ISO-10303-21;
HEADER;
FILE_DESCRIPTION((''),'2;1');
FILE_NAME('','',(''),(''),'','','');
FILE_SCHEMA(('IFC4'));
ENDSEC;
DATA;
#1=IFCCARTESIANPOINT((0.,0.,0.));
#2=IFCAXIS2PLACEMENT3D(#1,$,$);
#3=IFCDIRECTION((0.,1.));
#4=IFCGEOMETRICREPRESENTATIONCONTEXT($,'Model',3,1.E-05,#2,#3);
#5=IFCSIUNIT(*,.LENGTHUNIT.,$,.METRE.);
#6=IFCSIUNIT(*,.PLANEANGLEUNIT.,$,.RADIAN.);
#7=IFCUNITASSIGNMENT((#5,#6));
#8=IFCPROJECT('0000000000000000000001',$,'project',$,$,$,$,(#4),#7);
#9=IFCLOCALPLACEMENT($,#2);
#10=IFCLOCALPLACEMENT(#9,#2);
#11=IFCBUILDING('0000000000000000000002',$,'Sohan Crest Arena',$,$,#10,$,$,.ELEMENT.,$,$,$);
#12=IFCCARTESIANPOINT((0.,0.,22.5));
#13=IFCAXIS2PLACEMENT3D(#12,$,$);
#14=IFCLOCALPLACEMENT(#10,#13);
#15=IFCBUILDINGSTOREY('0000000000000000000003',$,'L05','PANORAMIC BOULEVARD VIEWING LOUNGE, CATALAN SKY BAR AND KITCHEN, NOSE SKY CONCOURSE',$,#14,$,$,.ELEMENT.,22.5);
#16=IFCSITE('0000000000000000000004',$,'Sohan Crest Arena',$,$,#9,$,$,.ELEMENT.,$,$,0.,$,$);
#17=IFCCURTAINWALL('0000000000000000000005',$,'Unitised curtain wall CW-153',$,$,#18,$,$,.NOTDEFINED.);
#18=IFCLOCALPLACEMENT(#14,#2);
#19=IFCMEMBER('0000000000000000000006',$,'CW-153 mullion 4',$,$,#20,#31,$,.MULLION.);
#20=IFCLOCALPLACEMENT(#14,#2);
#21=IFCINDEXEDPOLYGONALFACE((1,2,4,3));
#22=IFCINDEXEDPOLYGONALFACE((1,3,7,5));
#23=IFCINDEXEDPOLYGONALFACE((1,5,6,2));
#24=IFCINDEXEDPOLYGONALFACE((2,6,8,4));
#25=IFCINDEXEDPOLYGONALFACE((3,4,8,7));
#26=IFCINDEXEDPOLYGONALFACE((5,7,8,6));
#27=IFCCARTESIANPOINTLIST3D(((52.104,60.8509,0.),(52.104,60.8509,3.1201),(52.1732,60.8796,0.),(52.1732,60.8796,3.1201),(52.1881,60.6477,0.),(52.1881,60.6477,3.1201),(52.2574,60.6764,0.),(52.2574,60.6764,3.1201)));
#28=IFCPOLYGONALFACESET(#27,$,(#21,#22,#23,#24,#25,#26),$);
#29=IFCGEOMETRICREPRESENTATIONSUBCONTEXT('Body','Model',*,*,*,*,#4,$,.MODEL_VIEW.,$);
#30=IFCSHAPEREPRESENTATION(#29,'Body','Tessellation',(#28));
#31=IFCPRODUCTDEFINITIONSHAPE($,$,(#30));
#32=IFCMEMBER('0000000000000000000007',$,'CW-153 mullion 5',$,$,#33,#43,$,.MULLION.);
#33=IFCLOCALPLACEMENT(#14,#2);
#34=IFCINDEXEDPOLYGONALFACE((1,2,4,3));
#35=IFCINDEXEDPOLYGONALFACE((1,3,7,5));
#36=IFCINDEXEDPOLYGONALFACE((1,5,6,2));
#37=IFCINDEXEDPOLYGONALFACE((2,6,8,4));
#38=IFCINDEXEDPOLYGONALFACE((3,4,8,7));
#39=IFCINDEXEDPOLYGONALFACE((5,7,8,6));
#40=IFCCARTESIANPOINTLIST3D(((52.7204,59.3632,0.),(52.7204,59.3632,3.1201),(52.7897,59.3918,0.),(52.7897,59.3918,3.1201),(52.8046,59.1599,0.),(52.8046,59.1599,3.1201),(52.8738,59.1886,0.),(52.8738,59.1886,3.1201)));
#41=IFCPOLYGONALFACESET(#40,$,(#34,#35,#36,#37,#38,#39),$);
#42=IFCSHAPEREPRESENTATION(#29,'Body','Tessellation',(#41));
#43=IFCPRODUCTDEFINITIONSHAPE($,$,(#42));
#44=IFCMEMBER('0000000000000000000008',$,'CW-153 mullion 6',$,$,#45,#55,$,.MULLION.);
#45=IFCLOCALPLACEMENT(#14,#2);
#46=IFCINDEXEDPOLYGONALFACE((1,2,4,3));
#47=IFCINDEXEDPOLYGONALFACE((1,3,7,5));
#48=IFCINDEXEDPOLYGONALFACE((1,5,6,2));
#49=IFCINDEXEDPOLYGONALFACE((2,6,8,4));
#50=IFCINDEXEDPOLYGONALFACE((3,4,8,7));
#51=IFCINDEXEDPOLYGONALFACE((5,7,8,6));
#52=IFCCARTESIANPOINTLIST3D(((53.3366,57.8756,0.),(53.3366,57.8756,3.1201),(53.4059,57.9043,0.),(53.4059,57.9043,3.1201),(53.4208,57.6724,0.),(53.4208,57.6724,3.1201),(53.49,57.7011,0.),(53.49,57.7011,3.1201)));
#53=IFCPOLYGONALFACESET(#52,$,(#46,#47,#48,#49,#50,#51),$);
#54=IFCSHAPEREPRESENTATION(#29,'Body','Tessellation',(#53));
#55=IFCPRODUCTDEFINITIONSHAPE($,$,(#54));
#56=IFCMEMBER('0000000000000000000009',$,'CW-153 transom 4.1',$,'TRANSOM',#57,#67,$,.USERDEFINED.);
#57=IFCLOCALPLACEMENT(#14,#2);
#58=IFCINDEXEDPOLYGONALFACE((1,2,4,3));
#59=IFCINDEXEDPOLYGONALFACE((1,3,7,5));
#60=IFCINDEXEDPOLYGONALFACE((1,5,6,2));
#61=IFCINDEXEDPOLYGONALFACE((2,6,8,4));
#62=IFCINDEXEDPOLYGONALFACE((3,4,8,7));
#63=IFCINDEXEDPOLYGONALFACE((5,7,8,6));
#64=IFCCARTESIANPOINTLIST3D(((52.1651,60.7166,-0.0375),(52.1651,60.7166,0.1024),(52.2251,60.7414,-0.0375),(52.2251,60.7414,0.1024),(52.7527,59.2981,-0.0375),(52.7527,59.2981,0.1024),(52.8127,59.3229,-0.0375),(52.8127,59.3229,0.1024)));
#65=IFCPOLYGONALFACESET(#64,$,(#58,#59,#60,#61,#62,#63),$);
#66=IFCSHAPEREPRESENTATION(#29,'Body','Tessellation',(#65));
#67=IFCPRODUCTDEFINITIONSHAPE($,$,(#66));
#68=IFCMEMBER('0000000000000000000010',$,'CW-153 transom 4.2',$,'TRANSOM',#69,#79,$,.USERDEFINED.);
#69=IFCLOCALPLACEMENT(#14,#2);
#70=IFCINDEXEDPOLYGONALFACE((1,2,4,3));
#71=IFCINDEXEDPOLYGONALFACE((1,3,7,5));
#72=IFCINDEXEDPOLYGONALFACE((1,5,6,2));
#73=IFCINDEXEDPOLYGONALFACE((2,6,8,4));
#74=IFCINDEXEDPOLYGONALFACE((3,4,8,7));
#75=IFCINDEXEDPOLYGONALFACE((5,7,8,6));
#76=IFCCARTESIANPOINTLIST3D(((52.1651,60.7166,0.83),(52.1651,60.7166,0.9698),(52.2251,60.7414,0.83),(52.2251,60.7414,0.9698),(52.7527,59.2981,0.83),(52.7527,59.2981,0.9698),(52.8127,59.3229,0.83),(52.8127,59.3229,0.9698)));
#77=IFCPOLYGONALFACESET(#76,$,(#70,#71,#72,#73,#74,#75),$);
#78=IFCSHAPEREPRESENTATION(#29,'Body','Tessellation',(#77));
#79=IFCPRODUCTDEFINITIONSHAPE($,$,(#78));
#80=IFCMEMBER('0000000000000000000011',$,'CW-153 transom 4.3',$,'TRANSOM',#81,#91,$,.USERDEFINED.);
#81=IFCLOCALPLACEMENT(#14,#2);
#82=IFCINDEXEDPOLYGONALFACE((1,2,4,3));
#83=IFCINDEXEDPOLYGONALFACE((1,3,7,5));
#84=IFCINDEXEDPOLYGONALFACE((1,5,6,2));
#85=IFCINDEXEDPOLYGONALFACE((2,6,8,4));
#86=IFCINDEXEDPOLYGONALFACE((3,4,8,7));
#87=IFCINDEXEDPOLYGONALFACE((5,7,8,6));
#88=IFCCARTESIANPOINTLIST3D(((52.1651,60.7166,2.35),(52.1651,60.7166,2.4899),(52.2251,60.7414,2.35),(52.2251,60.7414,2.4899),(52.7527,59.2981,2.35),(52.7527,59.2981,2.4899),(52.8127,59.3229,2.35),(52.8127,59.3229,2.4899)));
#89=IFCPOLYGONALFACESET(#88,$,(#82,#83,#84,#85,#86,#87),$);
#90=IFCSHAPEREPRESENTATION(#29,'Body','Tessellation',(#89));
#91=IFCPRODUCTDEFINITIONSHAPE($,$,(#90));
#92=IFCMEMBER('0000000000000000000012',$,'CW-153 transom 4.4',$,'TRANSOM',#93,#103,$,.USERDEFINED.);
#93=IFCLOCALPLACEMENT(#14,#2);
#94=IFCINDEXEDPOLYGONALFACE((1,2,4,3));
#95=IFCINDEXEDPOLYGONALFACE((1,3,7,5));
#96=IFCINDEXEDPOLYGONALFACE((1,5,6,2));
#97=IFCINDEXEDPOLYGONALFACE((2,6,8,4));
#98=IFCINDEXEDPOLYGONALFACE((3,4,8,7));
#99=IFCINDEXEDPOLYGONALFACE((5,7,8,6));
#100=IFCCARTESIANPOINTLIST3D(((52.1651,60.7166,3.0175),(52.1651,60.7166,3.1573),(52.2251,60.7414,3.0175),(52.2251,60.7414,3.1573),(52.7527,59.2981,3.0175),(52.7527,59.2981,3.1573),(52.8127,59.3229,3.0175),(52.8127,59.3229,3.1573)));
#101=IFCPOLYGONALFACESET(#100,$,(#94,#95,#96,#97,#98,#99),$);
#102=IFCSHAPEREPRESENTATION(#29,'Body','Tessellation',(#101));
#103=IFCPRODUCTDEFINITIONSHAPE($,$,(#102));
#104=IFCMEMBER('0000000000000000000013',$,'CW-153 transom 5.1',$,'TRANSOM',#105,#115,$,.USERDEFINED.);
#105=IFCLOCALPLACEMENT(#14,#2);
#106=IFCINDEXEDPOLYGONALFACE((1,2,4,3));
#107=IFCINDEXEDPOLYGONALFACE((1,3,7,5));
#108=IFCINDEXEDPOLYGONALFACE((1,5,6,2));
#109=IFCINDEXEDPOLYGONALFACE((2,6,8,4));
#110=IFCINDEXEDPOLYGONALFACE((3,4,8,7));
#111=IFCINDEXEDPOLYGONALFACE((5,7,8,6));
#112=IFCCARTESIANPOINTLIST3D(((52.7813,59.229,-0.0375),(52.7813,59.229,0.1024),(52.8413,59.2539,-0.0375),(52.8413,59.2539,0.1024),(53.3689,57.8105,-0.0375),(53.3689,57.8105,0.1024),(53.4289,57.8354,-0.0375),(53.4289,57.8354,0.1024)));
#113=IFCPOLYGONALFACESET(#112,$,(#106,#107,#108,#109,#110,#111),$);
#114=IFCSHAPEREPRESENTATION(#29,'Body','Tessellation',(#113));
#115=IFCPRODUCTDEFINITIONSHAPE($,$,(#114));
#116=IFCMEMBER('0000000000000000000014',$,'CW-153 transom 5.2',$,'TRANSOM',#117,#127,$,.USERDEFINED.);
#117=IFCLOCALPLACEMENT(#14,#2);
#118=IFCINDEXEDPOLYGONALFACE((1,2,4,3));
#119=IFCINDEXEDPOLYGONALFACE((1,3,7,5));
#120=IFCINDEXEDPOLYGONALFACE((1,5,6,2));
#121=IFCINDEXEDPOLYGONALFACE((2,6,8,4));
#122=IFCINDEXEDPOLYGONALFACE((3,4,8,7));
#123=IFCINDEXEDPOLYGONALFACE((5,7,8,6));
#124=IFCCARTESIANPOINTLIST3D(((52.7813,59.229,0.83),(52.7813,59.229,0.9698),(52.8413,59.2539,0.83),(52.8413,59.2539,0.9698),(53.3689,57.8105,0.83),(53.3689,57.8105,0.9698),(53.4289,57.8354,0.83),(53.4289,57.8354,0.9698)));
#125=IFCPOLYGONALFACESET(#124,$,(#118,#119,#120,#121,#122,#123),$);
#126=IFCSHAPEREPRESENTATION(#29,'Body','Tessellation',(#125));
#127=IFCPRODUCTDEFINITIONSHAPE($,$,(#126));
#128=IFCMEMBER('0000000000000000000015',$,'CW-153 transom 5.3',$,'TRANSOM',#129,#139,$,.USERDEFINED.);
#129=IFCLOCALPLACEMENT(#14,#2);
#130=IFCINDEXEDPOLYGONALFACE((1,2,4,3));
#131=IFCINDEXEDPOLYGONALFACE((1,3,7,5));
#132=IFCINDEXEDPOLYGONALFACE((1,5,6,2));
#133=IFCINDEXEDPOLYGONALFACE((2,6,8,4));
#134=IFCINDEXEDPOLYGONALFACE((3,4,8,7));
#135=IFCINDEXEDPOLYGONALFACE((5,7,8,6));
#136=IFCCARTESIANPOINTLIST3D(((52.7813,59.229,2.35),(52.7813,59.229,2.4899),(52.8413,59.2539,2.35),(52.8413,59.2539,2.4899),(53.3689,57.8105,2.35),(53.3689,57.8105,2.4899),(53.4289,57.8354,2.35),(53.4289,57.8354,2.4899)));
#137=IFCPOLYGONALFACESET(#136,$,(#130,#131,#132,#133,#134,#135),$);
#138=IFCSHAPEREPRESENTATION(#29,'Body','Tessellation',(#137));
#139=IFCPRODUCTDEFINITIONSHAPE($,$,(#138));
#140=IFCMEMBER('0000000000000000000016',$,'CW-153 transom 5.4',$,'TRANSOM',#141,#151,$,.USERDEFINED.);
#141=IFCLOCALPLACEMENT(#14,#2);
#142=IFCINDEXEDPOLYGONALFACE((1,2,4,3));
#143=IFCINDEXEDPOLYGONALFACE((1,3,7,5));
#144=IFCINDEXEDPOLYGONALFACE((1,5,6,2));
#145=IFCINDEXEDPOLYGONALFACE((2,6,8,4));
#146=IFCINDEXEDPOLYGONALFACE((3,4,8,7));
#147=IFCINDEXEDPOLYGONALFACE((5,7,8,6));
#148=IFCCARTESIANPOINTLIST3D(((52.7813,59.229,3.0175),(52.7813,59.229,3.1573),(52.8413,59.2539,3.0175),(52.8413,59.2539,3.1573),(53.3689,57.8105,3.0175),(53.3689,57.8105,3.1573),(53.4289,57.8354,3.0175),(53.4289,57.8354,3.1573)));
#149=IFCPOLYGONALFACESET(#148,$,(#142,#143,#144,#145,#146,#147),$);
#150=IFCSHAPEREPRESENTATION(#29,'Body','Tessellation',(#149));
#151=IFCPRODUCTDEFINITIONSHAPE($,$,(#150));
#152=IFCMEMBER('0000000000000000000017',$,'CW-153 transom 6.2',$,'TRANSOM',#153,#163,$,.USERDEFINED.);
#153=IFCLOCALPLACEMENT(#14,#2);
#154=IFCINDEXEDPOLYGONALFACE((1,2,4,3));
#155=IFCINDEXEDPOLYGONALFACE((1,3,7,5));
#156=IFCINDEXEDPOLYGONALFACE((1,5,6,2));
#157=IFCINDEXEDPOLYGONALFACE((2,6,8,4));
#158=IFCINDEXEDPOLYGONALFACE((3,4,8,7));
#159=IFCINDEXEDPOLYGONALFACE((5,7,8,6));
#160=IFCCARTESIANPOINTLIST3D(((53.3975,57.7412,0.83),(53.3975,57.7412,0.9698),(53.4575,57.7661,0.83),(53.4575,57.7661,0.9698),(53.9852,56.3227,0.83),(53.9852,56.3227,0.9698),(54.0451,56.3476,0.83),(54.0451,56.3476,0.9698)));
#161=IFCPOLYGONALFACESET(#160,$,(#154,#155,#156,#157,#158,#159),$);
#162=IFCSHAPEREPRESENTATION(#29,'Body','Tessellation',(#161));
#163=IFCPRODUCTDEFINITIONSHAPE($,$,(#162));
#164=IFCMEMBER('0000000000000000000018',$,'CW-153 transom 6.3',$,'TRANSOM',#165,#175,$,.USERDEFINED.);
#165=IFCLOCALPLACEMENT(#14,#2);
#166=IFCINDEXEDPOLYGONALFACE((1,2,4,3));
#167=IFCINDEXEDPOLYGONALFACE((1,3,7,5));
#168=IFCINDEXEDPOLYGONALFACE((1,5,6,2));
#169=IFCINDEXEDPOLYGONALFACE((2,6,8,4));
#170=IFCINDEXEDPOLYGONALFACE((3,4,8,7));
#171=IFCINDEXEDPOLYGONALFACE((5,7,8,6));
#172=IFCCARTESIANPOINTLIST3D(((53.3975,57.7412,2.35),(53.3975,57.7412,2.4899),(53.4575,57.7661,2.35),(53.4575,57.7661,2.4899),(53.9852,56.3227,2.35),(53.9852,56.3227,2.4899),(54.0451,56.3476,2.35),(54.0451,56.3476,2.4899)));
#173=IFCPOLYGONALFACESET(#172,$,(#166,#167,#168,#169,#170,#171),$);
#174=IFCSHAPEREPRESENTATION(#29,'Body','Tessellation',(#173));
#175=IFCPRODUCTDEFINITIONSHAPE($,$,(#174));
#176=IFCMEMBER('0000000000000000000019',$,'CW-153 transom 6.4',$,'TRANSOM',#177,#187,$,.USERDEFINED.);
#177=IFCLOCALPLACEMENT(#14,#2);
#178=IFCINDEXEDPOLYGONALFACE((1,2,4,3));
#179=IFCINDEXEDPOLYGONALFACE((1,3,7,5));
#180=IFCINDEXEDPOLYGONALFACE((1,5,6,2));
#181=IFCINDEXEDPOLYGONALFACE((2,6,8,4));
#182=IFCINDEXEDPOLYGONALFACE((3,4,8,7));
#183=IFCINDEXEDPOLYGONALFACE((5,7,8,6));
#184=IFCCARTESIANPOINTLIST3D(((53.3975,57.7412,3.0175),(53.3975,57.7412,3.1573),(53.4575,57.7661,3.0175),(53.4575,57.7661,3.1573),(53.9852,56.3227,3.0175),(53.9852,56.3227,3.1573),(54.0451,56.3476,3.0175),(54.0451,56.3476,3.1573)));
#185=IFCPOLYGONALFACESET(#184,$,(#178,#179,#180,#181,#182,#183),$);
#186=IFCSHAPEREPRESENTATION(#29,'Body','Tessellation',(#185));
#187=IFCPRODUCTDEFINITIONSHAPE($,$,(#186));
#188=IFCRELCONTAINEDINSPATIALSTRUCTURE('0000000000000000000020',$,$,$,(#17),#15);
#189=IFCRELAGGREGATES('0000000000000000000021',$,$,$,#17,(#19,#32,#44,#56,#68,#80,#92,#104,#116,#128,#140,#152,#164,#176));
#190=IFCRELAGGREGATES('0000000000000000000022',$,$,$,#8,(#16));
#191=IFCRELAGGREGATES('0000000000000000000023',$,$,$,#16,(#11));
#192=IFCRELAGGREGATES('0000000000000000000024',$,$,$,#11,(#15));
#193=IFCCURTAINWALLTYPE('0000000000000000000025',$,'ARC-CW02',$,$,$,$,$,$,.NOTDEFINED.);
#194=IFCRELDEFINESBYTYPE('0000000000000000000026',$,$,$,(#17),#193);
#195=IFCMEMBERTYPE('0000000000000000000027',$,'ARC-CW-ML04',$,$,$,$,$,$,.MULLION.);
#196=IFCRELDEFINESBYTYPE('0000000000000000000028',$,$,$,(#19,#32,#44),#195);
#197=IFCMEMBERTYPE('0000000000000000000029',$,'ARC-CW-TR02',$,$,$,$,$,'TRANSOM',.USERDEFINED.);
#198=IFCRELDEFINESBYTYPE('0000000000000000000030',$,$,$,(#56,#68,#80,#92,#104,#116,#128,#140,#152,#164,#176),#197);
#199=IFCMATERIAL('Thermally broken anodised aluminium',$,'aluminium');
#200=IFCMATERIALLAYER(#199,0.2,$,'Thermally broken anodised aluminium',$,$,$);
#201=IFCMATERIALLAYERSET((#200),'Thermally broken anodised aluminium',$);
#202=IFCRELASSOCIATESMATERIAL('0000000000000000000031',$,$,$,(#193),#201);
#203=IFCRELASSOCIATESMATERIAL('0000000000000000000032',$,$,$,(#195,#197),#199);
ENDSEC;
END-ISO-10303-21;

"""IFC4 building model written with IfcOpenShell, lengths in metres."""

from ifc_helpers import new_model, si_unit, direction, frame, origin, origin_2d, place, context, subcontext, project, spatial, rectangle, extrude, material, layer, layer_set, material_profile, profile_set, type_object, element, aggregate, save


model = new_model("IFC4")

# Units and contexts
model_context = context("Model", 3, precision=1e-05, world=origin(), true_north=direction((0.0, 1.0)))
body_context = subcontext(model_context, "Body", "Model", "MODEL_VIEW")
ifc_project = project(units=[si_unit("LENGTHUNIT", "METRE"), si_unit("PLANEANGLEUNIT", "RADIAN")], contexts=[model_context])

# Site, building, storey
site_placement = place(None, origin())
site = spatial("IfcSite", under=ifc_project, at=site_placement, Name="Sohan Crest Arena", CompositionType="ELEMENT", RefElevation=0.0)
building_placement = place(site_placement, origin())
building = spatial("IfcBuilding", under=site, at=building_placement, Name="Sohan Crest Arena", CompositionType="ELEMENT")
storey_placement = place(building_placement, frame((0.0, 0.0, 22.5)))
storey = spatial("IfcBuildingStorey", under=building, at=storey_placement, Name="L05", Description="PANORAMIC BOULEVARD VIEWING LOUNGE, CATALAN SKY BAR AND KITCHEN, NOSE SKY CONCOURSE", CompositionType="ELEMENT", Elevation=22.5)

# Curtain wall, members
ifc_material_1 = material(Name="Thermally broken anodised aluminium", Category="aluminium")
ifc_layer_1 = layer(ifc_material_1, 0.2, Name="Thermally broken anodised aluminium")
ifc_layer_set_1 = layer_set([ifc_layer_1], Name="Thermally broken anodised aluminium")
curtain_wall_type = type_object("IfcCurtainWallType", Name="ARC-CW02", PredefinedType="NOTDEFINED", material=ifc_layer_set_1)
curtain_wall_placement = place(storey_placement, origin())
curtain_wall = element("IfcCurtainWall", 1, at=curtain_wall_placement, inside=storey, type_object=curtain_wall_type, Name="Unitised curtain wall CW-153", PredefinedType="NOTDEFINED")
ifc_material_profile_1 = material_profile(ifc_material_1, rectangle(XDim=0.075, YDim=0.22, at=origin_2d()), Name="ALU-MULL 75x220")
ifc_profile_set_1 = profile_set([ifc_material_profile_1], Name="Thermally broken anodised aluminium")
member_type_1 = type_object("IfcMemberType", Name="ARC-CW-ML04", PredefinedType="MULLION", material=ifc_profile_set_1)
member_1_placement = place(storey_placement, frame((52.1807, 60.7637, 0.0), z_axis=(0.0, 0.0, 1.0), x_axis=(0.923879, 0.382685, 0.0)))
member_1 = element("IfcMember", 2, at=member_1_placement, type_object=member_type_1, Name="CW-153 mullion 4", PredefinedType="MULLION", context=body_context, shape_type="SweptSolid", body=[
    extrude(rectangle(XDim=0.075, YDim=0.22, at=origin_2d()), origin(), (0.0, 0.0, 1.0), 3.1201),
])
member_2_placement = place(storey_placement, frame((52.7971, 59.2759, 0.0), z_axis=(0.0, 0.0, 1.0), x_axis=(0.923879, 0.382685, 0.0)))
member_2 = element("IfcMember", 3, at=member_2_placement, type_object=member_type_1, Name="CW-153 mullion 5", PredefinedType="MULLION", context=body_context, shape_type="SweptSolid", body=[
    extrude(rectangle(XDim=0.075, YDim=0.22, at=origin_2d()), origin(), (0.0, 0.0, 1.0), 3.1201),
])
member_3_placement = place(storey_placement, frame((53.4133, 57.7883, 0.0), z_axis=(0.0, 0.0, 1.0), x_axis=(0.923879, 0.382685, 0.0)))
member_3 = element("IfcMember", 4, at=member_3_placement, type_object=member_type_1, Name="CW-153 mullion 6", PredefinedType="MULLION", context=body_context, shape_type="SweptSolid", body=[
    extrude(rectangle(XDim=0.075, YDim=0.22, at=origin_2d()), origin(), (0.0, 0.0, 1.0), 3.1201),
])
ifc_material_profile_2 = material_profile(ifc_material_1, rectangle(XDim=0.0649, YDim=0.1399, at=origin_2d()), Name="ALU-TRAN 65x140")
ifc_profile_set_2 = profile_set([ifc_material_profile_2], Name="Thermally broken anodised aluminium")
member_type_2 = type_object("IfcMemberType", Name="ARC-CW-TR02", ElementType="TRANSOM", PredefinedType="USERDEFINED", material=ifc_profile_set_2)
member_4_placement = place(storey_placement, frame((52.1951, 60.729, 0.0325), z_axis=(0.38274, -0.923856, 0.0), x_axis=(0.923856, 0.38274, 0.0)))
member_4 = element("IfcMember", 5, at=member_4_placement, type_object=member_type_2, Name="CW-153 transom 4.1", ObjectType="TRANSOM", PredefinedType="USERDEFINED", context=body_context, shape_type="SweptSolid", body=[
    extrude(rectangle(XDim=0.0649, YDim=0.1399, at=origin_2d()), origin(), (0.0, 0.0, 1.0), 1.5354),
])
member_5_placement = place(storey_placement, frame((52.1951, 60.729, 0.8999), z_axis=(0.38274, -0.923856, 0.0), x_axis=(0.923856, 0.38274, 0.0)))
member_5 = element("IfcMember", 6, at=member_5_placement, type_object=member_type_2, Name="CW-153 transom 4.2", ObjectType="TRANSOM", PredefinedType="USERDEFINED", context=body_context, shape_type="SweptSolid", body=[
    extrude(rectangle(XDim=0.0649, YDim=0.1399, at=origin_2d()), origin(), (0.0, 0.0, 1.0), 1.5354),
])
member_6_placement = place(storey_placement, frame((52.1951, 60.729, 2.4199), z_axis=(0.38274, -0.923856, 0.0), x_axis=(0.923856, 0.38274, 0.0)))
member_6 = element("IfcMember", 7, at=member_6_placement, type_object=member_type_2, Name="CW-153 transom 4.3", ObjectType="TRANSOM", PredefinedType="USERDEFINED", context=body_context, shape_type="SweptSolid", body=[
    extrude(rectangle(XDim=0.0649, YDim=0.1399, at=origin_2d()), origin(), (0.0, 0.0, 1.0), 1.5354),
])
member_7_placement = place(storey_placement, frame((52.1951, 60.729, 3.0874), z_axis=(0.38274, -0.923856, 0.0), x_axis=(0.923856, 0.38274, 0.0)))
member_7 = element("IfcMember", 8, at=member_7_placement, type_object=member_type_2, Name="CW-153 transom 4.4", ObjectType="TRANSOM", PredefinedType="USERDEFINED", context=body_context, shape_type="SweptSolid", body=[
    extrude(rectangle(XDim=0.0649, YDim=0.1399, at=origin_2d()), origin(), (0.0, 0.0, 1.0), 1.5354),
])
member_8_placement = place(storey_placement, frame((52.8113, 59.2415, 0.0325), z_axis=(0.38274, -0.923856, 0.0), x_axis=(0.923856, 0.38274, 0.0)))
member_8 = element("IfcMember", 9, at=member_8_placement, type_object=member_type_2, Name="CW-153 transom 5.1", ObjectType="TRANSOM", PredefinedType="USERDEFINED", context=body_context, shape_type="SweptSolid", body=[
    extrude(rectangle(XDim=0.0649, YDim=0.1399, at=origin_2d()), origin(), (0.0, 0.0, 1.0), 1.5354),
])
member_9_placement = place(storey_placement, frame((52.8113, 59.2415, 0.8999), z_axis=(0.38274, -0.923856, 0.0), x_axis=(0.923856, 0.38274, 0.0)))
member_9 = element("IfcMember", 10, at=member_9_placement, type_object=member_type_2, Name="CW-153 transom 5.2", ObjectType="TRANSOM", PredefinedType="USERDEFINED", context=body_context, shape_type="SweptSolid", body=[
    extrude(rectangle(XDim=0.0649, YDim=0.1399, at=origin_2d()), origin(), (0.0, 0.0, 1.0), 1.5354),
])
member_10_placement = place(storey_placement, frame((52.8113, 59.2415, 2.4199), z_axis=(0.38274, -0.923856, 0.0), x_axis=(0.923856, 0.38274, 0.0)))
member_10 = element("IfcMember", 11, at=member_10_placement, type_object=member_type_2, Name="CW-153 transom 5.3", ObjectType="TRANSOM", PredefinedType="USERDEFINED", context=body_context, shape_type="SweptSolid", body=[
    extrude(rectangle(XDim=0.0649, YDim=0.1399, at=origin_2d()), origin(), (0.0, 0.0, 1.0), 1.5354),
])
member_11_placement = place(storey_placement, frame((52.8113, 59.2415, 3.0874), z_axis=(0.38274, -0.923856, 0.0), x_axis=(0.923856, 0.38274, 0.0)))
member_11 = element("IfcMember", 12, at=member_11_placement, type_object=member_type_2, Name="CW-153 transom 5.4", ObjectType="TRANSOM", PredefinedType="USERDEFINED", context=body_context, shape_type="SweptSolid", body=[
    extrude(rectangle(XDim=0.0649, YDim=0.1399, at=origin_2d()), origin(), (0.0, 0.0, 1.0), 1.5354),
])
member_12_placement = place(storey_placement, frame((53.4275, 57.7537, 0.8999), z_axis=(0.38274, -0.923856, 0.0), x_axis=(0.923856, 0.38274, 0.0)))
member_12 = element("IfcMember", 13, at=member_12_placement, type_object=member_type_2, Name="CW-153 transom 6.2", ObjectType="TRANSOM", PredefinedType="USERDEFINED", context=body_context, shape_type="SweptSolid", body=[
    extrude(rectangle(XDim=0.0649, YDim=0.1399, at=origin_2d()), origin(), (0.0, 0.0, 1.0), 1.5354),
])
member_13_placement = place(storey_placement, frame((53.4275, 57.7537, 2.4199), z_axis=(0.38274, -0.923856, 0.0), x_axis=(0.923856, 0.38274, 0.0)))
member_13 = element("IfcMember", 14, at=member_13_placement, type_object=member_type_2, Name="CW-153 transom 6.3", ObjectType="TRANSOM", PredefinedType="USERDEFINED", context=body_context, shape_type="SweptSolid", body=[
    extrude(rectangle(XDim=0.0649, YDim=0.1399, at=origin_2d()), origin(), (0.0, 0.0, 1.0), 1.5354),
])
member_14_placement = place(storey_placement, frame((53.4275, 57.7537, 3.0874), z_axis=(0.38274, -0.923856, 0.0), x_axis=(0.923856, 0.38274, 0.0)))
member_14 = element("IfcMember", 15, at=member_14_placement, type_object=member_type_2, Name="CW-153 transom 6.4", ObjectType="TRANSOM", PredefinedType="USERDEFINED", context=body_context, shape_type="SweptSolid", body=[
    extrude(rectangle(XDim=0.0649, YDim=0.1399, at=origin_2d()), origin(), (0.0, 0.0, 1.0), 1.5354),
])
aggregate(curtain_wall, [member_1, member_2, member_3, member_4, member_5, member_6, member_7, member_8, member_9, member_10, member_11, member_12, member_13, member_14])

save(model, "model.ifc")
